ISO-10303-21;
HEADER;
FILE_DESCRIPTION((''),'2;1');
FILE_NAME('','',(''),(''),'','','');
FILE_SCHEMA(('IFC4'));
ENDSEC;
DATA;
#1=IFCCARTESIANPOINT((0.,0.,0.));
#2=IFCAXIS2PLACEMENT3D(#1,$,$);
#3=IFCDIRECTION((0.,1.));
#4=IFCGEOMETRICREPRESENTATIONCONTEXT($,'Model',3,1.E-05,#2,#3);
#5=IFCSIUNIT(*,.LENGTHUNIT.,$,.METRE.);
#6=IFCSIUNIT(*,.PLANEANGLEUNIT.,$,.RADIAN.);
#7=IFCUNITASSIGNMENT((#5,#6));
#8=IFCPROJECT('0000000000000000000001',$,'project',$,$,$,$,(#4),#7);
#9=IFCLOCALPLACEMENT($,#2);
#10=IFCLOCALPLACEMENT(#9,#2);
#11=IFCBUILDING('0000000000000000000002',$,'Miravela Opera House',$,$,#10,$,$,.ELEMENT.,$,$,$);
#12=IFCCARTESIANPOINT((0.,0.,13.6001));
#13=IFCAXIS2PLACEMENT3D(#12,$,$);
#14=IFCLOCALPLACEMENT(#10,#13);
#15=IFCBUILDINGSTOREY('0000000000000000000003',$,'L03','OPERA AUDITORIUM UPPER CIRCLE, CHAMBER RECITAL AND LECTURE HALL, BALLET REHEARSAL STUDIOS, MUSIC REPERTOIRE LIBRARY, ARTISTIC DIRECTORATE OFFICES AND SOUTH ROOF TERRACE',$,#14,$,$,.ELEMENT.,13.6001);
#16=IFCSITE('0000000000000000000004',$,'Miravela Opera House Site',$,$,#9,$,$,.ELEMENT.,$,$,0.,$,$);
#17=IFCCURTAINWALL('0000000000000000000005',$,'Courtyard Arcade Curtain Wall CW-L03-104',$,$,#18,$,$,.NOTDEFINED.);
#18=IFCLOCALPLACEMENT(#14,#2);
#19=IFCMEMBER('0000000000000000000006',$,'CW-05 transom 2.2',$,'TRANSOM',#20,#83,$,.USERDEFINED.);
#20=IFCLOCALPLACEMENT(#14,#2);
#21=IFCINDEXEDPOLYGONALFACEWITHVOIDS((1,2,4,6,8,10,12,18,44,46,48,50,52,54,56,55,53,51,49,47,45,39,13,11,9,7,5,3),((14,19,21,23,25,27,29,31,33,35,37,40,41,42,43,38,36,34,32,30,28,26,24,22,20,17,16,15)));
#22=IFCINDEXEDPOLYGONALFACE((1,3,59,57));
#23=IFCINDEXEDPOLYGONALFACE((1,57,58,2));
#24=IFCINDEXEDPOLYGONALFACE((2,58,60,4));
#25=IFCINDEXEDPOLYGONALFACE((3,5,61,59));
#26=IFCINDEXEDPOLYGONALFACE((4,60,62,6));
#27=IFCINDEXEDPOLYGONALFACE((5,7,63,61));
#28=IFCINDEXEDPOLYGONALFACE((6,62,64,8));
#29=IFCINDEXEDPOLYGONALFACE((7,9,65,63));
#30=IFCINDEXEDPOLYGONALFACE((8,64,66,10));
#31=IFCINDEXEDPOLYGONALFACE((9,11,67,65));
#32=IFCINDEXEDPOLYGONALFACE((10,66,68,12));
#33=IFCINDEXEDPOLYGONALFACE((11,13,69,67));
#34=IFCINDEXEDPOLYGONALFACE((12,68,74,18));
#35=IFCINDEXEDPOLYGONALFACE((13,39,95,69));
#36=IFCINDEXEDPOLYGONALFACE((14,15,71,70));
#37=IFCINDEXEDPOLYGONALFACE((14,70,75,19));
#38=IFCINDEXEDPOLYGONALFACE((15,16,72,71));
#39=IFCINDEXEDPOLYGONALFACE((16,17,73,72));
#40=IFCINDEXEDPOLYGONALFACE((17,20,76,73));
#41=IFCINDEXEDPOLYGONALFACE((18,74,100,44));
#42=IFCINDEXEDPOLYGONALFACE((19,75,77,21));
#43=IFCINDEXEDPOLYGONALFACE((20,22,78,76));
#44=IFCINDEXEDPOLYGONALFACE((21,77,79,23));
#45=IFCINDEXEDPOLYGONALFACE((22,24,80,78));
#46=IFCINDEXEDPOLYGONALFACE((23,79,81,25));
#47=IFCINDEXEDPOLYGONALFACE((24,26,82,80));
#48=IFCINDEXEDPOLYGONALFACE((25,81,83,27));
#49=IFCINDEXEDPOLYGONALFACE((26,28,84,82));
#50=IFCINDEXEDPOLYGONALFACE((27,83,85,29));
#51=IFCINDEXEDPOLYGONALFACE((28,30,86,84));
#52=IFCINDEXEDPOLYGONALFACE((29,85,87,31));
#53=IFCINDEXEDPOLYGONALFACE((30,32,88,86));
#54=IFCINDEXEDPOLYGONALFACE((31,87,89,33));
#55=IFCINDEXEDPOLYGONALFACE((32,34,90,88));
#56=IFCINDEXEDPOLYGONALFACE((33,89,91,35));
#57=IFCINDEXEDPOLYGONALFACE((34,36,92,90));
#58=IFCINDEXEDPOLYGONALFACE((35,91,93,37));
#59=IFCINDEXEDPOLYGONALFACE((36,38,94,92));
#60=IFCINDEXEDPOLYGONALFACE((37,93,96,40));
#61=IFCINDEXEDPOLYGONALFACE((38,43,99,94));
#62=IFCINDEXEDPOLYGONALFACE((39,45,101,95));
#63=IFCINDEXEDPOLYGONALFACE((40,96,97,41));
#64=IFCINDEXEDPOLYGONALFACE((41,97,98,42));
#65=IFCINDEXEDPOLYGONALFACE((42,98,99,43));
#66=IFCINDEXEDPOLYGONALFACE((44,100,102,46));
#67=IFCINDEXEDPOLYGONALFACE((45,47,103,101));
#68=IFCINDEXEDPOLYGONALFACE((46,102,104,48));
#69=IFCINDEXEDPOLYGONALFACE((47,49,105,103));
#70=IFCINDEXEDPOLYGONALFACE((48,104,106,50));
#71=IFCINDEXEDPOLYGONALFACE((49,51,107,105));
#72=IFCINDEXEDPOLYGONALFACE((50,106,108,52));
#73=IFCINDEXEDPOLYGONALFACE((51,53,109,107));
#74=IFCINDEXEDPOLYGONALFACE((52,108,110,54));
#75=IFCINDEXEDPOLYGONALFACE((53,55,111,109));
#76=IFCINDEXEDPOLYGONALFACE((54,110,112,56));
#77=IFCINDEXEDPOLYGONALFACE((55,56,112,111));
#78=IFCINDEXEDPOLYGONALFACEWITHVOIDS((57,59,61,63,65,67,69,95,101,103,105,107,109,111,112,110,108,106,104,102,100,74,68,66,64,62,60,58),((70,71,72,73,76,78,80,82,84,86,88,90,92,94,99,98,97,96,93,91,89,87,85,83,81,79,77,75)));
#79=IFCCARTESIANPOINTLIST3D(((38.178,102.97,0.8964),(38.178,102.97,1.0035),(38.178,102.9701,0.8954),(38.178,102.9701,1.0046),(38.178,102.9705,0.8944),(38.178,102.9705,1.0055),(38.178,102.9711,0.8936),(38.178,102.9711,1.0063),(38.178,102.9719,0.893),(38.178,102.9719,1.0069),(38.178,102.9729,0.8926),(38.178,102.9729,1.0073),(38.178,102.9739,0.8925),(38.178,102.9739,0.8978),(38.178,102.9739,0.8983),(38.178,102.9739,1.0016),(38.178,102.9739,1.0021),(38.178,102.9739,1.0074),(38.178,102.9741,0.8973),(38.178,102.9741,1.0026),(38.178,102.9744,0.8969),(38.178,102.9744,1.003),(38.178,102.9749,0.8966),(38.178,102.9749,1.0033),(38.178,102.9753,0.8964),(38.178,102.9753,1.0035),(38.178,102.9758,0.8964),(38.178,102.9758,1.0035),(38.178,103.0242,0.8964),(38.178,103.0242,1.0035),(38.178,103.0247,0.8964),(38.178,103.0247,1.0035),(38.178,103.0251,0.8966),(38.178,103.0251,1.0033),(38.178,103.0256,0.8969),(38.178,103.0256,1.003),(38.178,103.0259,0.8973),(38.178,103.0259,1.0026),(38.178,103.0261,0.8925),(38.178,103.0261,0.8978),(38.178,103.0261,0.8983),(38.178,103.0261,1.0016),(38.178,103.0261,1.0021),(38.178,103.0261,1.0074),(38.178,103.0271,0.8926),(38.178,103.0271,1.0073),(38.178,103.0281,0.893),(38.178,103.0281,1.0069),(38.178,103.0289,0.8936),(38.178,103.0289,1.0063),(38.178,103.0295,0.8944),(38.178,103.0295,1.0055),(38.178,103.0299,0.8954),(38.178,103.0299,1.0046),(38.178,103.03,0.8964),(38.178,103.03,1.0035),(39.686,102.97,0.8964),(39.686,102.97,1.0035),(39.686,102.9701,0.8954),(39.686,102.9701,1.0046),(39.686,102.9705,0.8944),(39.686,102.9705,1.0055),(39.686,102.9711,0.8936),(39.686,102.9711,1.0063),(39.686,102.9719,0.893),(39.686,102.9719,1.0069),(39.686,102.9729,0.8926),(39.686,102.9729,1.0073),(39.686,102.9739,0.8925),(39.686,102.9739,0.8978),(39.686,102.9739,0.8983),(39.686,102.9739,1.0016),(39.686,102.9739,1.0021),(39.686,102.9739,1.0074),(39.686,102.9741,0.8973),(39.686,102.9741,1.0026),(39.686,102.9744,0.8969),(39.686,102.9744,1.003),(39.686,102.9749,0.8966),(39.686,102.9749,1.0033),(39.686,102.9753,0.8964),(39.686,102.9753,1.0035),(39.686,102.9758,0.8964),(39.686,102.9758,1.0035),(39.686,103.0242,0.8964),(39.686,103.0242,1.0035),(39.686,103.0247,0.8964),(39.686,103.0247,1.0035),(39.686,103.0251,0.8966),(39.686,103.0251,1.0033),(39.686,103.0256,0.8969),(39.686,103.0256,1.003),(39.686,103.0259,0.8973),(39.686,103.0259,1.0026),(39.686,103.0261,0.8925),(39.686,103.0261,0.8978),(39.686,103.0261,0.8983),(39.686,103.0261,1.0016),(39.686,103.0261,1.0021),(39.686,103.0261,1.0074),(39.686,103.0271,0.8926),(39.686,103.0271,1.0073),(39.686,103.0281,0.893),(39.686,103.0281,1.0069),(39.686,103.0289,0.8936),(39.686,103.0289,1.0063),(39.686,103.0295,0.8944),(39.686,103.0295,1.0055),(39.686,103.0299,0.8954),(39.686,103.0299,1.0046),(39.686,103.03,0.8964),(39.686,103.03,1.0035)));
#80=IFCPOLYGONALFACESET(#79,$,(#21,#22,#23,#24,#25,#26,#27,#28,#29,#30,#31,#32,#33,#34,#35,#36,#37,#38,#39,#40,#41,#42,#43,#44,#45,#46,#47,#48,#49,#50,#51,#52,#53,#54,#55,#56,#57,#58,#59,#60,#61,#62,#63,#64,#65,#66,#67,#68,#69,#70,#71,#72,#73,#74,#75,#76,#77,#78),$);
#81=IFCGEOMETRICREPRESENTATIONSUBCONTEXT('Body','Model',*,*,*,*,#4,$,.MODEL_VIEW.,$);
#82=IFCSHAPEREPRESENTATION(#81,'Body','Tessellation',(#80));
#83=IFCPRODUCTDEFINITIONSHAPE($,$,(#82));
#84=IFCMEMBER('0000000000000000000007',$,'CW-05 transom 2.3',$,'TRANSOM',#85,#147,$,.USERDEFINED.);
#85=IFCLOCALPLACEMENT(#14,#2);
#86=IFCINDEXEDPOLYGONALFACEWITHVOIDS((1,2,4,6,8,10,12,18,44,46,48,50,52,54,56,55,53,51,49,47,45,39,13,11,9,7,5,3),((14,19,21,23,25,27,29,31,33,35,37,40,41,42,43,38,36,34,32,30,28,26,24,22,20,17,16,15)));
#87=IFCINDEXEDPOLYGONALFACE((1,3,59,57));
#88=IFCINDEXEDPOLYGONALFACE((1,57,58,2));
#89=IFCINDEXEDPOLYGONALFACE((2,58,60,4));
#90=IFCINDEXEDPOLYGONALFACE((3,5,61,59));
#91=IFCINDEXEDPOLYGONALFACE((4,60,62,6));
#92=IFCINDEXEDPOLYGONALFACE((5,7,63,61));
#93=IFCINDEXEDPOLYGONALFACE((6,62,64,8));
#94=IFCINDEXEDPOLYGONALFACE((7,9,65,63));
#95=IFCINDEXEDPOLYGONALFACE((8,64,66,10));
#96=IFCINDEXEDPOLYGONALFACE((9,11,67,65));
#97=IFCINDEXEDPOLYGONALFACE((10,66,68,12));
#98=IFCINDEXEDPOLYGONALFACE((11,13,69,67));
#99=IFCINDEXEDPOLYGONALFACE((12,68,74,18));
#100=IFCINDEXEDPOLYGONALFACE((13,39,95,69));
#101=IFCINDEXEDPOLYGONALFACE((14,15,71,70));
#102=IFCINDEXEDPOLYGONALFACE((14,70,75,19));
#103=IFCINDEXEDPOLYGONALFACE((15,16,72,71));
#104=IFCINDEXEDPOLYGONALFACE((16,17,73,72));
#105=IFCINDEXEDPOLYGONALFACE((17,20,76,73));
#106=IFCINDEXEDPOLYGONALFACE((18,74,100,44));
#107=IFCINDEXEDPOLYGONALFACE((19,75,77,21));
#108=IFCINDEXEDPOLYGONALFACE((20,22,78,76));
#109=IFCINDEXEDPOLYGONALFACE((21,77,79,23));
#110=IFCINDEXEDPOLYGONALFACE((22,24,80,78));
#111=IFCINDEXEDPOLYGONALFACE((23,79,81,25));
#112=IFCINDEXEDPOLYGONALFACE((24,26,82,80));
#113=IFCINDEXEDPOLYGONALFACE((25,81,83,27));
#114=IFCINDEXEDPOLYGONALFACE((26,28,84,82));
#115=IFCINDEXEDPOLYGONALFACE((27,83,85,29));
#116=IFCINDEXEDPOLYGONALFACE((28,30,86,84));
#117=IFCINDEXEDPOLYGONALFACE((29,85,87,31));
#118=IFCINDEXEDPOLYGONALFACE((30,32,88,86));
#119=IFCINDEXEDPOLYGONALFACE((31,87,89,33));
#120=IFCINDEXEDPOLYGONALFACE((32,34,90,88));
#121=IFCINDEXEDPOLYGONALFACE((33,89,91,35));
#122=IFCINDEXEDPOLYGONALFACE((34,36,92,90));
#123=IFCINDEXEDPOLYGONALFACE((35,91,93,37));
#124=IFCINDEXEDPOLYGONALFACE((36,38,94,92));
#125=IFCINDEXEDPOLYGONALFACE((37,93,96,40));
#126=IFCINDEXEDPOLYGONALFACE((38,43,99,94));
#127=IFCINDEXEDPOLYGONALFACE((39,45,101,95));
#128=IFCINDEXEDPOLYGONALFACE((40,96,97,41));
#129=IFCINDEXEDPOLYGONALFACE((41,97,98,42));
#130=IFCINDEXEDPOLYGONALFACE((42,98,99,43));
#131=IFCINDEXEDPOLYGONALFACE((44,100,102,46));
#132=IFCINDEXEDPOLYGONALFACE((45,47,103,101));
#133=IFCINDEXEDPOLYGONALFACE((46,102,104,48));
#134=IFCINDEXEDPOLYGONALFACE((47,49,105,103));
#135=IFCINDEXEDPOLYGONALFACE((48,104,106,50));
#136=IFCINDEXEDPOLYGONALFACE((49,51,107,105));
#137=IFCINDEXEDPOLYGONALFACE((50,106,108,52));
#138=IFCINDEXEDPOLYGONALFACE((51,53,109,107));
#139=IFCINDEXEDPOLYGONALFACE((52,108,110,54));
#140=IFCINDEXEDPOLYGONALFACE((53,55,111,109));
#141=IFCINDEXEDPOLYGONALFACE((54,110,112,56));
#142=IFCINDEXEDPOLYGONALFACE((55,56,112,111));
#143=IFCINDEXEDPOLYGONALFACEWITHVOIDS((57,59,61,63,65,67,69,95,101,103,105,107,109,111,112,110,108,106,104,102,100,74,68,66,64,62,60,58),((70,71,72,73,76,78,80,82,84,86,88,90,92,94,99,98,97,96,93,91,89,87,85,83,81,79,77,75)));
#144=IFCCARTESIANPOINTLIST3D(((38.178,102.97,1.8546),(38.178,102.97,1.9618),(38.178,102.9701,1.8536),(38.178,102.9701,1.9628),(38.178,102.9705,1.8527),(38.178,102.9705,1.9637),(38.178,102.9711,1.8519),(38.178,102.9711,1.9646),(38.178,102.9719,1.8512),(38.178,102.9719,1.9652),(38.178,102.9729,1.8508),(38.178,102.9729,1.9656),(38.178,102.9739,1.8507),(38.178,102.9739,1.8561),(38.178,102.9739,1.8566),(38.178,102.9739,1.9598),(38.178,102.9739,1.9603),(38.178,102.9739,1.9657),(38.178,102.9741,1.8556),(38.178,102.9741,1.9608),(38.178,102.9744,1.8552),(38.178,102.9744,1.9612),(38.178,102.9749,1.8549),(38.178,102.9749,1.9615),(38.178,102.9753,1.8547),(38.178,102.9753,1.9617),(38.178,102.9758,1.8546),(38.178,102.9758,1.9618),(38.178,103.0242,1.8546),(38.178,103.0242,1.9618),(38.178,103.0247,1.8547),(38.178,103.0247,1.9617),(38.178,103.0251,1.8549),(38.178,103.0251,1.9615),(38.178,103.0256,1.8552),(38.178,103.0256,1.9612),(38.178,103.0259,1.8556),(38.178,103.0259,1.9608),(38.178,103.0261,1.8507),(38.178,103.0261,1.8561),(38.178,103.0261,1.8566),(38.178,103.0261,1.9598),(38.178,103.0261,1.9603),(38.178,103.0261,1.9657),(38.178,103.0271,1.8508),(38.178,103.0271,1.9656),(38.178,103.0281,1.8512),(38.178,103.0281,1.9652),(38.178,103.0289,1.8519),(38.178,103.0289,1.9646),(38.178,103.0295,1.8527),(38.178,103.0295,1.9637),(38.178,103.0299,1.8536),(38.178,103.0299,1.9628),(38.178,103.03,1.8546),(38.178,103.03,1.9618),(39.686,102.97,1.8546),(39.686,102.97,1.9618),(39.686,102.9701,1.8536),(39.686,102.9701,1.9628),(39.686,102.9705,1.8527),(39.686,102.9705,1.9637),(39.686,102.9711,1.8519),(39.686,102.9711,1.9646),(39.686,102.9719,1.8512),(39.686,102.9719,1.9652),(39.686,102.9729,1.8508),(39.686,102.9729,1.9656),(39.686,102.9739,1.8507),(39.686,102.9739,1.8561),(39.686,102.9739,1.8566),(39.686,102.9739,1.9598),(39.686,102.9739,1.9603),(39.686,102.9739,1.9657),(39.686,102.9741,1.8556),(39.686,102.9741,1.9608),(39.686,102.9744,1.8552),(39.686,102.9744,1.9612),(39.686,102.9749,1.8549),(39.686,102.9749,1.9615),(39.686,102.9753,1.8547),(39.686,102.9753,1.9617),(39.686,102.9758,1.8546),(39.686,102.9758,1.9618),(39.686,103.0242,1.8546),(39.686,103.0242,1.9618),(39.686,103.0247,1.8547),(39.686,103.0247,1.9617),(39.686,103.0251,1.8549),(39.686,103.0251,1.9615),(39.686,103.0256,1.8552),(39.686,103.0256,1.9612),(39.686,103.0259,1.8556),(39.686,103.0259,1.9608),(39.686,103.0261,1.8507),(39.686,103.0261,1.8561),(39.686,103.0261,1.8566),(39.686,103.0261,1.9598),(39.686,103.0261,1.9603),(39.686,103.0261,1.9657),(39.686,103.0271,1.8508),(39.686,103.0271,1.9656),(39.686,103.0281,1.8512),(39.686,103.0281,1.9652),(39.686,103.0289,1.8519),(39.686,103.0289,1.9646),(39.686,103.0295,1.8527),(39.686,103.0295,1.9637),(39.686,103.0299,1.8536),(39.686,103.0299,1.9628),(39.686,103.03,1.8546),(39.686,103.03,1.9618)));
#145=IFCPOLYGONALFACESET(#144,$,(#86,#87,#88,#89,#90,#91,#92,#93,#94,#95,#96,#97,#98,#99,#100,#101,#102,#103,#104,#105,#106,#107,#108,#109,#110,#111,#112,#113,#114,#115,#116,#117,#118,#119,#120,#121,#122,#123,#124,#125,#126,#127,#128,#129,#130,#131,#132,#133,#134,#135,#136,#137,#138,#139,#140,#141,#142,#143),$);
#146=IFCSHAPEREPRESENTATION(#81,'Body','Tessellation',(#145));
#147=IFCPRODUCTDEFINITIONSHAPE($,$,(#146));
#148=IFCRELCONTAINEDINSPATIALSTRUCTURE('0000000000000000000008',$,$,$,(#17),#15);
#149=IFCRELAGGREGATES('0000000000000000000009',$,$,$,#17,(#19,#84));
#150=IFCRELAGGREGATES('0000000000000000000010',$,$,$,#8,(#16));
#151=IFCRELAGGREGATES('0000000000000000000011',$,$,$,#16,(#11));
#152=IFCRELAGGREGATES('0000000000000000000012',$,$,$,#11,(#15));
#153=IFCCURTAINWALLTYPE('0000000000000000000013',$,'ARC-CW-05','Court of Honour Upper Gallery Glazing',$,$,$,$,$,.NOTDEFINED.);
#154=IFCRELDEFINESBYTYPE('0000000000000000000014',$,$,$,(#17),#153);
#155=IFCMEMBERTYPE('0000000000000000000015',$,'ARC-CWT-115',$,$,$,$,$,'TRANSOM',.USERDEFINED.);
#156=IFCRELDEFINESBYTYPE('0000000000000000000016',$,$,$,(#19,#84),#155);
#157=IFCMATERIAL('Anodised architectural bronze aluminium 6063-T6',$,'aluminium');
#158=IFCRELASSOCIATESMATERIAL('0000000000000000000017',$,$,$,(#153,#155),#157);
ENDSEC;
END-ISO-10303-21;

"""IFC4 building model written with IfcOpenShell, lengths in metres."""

from ifc_helpers import new_model, si_unit, direction, frame, origin, origin_2d, place, context, subcontext, project, spatial, hollow_rectangle, extrude, material, material_profile, profile_set, type_object, element, aggregate, save


model = new_model("IFC4")

# Units and contexts
model_context = context("Model", 3, precision=1e-05, world=origin(), true_north=direction((0.0, 1.0)))
body_context = subcontext(model_context, "Body", "Model", "MODEL_VIEW")
ifc_project = project(units=[si_unit("LENGTHUNIT", "METRE"), si_unit("PLANEANGLEUNIT", "RADIAN")], contexts=[model_context])

# Site, building, storey
site_placement = place(None, origin())
site = spatial("IfcSite", under=ifc_project, at=site_placement, Name="Miravela Opera House Site", CompositionType="ELEMENT", RefElevation=0.0)
building_placement = place(site_placement, origin())
building = spatial("IfcBuilding", under=site, at=building_placement, Name="Miravela Opera House", CompositionType="ELEMENT")
storey_placement = place(building_placement, frame((0.0, 0.0, 13.6001)))
storey = spatial("IfcBuildingStorey", under=building, at=storey_placement, Name="L03", Description="OPERA AUDITORIUM UPPER CIRCLE, CHAMBER RECITAL AND LECTURE HALL, BALLET REHEARSAL STUDIOS, MUSIC REPERTOIRE LIBRARY, ARTISTIC DIRECTORATE OFFICES AND SOUTH ROOF TERRACE", CompositionType="ELEMENT", Elevation=13.6001)

# Curtain wall, members
ifc_material_1 = material(Name="Anodised architectural bronze aluminium 6063-T6", Category="aluminium")
curtain_wall_type = type_object("IfcCurtainWallType", Name="ARC-CW-05", Description="Court of Honour Upper Gallery Glazing", PredefinedType="NOTDEFINED", material=ifc_material_1)
curtain_wall_placement = place(storey_placement, origin())
curtain_wall = element("IfcCurtainWall", 1, at=curtain_wall_placement, inside=storey, type_object=curtain_wall_type, Name="Courtyard Arcade Curtain Wall CW-L03-104", PredefinedType="NOTDEFINED")
ifc_material_profile_1 = material_profile(ifc_material_1, hollow_rectangle(XDim=0.0601, YDim=0.115, WallThickness=0.0039, InnerFilletRadius=0.002, OuterFilletRadius=0.0039, at=origin_2d()), Name="CWT-60X115")
ifc_profile_set_1 = profile_set([ifc_material_profile_1])
member_type_1 = type_object("IfcMemberType", Name="ARC-CWT-115", ElementType="TRANSOM", PredefinedType="USERDEFINED", material=ifc_profile_set_1)
member_1_placement = place(storey_placement, frame((38.178, 103.0, 0.95), z_axis=(1.0, 0.0, 0.0), x_axis=(0.0, 1.0, 0.0)))
member_1 = element("IfcMember", 2, at=member_1_placement, type_object=member_type_1, Name="CW-05 transom 2.2", ObjectType="TRANSOM", PredefinedType="USERDEFINED", context=body_context, shape_type="SweptSolid", body=[
    extrude(hollow_rectangle(XDim=0.0601, YDim=0.115, WallThickness=0.0039, InnerFilletRadius=0.002, OuterFilletRadius=0.0039, at=origin_2d()), origin(), (0.0, 0.0, 1.0), 1.5081),
])
member_2_placement = place(storey_placement, frame((38.178, 103.0, 1.9082), z_axis=(1.0, 0.0, 0.0), x_axis=(0.0, 1.0, 0.0)))
member_2 = element("IfcMember", 3, at=member_2_placement, type_object=member_type_1, Name="CW-05 transom 2.3", ObjectType="TRANSOM", PredefinedType="USERDEFINED", context=body_context, shape_type="SweptSolid", body=[
    extrude(hollow_rectangle(XDim=0.0601, YDim=0.115, WallThickness=0.0039, InnerFilletRadius=0.002, OuterFilletRadius=0.0039, at=origin_2d()), origin(), (0.0, 0.0, 1.0), 1.5081),
])
aggregate(curtain_wall, [member_1, member_2])

save(model, "model.ifc")
